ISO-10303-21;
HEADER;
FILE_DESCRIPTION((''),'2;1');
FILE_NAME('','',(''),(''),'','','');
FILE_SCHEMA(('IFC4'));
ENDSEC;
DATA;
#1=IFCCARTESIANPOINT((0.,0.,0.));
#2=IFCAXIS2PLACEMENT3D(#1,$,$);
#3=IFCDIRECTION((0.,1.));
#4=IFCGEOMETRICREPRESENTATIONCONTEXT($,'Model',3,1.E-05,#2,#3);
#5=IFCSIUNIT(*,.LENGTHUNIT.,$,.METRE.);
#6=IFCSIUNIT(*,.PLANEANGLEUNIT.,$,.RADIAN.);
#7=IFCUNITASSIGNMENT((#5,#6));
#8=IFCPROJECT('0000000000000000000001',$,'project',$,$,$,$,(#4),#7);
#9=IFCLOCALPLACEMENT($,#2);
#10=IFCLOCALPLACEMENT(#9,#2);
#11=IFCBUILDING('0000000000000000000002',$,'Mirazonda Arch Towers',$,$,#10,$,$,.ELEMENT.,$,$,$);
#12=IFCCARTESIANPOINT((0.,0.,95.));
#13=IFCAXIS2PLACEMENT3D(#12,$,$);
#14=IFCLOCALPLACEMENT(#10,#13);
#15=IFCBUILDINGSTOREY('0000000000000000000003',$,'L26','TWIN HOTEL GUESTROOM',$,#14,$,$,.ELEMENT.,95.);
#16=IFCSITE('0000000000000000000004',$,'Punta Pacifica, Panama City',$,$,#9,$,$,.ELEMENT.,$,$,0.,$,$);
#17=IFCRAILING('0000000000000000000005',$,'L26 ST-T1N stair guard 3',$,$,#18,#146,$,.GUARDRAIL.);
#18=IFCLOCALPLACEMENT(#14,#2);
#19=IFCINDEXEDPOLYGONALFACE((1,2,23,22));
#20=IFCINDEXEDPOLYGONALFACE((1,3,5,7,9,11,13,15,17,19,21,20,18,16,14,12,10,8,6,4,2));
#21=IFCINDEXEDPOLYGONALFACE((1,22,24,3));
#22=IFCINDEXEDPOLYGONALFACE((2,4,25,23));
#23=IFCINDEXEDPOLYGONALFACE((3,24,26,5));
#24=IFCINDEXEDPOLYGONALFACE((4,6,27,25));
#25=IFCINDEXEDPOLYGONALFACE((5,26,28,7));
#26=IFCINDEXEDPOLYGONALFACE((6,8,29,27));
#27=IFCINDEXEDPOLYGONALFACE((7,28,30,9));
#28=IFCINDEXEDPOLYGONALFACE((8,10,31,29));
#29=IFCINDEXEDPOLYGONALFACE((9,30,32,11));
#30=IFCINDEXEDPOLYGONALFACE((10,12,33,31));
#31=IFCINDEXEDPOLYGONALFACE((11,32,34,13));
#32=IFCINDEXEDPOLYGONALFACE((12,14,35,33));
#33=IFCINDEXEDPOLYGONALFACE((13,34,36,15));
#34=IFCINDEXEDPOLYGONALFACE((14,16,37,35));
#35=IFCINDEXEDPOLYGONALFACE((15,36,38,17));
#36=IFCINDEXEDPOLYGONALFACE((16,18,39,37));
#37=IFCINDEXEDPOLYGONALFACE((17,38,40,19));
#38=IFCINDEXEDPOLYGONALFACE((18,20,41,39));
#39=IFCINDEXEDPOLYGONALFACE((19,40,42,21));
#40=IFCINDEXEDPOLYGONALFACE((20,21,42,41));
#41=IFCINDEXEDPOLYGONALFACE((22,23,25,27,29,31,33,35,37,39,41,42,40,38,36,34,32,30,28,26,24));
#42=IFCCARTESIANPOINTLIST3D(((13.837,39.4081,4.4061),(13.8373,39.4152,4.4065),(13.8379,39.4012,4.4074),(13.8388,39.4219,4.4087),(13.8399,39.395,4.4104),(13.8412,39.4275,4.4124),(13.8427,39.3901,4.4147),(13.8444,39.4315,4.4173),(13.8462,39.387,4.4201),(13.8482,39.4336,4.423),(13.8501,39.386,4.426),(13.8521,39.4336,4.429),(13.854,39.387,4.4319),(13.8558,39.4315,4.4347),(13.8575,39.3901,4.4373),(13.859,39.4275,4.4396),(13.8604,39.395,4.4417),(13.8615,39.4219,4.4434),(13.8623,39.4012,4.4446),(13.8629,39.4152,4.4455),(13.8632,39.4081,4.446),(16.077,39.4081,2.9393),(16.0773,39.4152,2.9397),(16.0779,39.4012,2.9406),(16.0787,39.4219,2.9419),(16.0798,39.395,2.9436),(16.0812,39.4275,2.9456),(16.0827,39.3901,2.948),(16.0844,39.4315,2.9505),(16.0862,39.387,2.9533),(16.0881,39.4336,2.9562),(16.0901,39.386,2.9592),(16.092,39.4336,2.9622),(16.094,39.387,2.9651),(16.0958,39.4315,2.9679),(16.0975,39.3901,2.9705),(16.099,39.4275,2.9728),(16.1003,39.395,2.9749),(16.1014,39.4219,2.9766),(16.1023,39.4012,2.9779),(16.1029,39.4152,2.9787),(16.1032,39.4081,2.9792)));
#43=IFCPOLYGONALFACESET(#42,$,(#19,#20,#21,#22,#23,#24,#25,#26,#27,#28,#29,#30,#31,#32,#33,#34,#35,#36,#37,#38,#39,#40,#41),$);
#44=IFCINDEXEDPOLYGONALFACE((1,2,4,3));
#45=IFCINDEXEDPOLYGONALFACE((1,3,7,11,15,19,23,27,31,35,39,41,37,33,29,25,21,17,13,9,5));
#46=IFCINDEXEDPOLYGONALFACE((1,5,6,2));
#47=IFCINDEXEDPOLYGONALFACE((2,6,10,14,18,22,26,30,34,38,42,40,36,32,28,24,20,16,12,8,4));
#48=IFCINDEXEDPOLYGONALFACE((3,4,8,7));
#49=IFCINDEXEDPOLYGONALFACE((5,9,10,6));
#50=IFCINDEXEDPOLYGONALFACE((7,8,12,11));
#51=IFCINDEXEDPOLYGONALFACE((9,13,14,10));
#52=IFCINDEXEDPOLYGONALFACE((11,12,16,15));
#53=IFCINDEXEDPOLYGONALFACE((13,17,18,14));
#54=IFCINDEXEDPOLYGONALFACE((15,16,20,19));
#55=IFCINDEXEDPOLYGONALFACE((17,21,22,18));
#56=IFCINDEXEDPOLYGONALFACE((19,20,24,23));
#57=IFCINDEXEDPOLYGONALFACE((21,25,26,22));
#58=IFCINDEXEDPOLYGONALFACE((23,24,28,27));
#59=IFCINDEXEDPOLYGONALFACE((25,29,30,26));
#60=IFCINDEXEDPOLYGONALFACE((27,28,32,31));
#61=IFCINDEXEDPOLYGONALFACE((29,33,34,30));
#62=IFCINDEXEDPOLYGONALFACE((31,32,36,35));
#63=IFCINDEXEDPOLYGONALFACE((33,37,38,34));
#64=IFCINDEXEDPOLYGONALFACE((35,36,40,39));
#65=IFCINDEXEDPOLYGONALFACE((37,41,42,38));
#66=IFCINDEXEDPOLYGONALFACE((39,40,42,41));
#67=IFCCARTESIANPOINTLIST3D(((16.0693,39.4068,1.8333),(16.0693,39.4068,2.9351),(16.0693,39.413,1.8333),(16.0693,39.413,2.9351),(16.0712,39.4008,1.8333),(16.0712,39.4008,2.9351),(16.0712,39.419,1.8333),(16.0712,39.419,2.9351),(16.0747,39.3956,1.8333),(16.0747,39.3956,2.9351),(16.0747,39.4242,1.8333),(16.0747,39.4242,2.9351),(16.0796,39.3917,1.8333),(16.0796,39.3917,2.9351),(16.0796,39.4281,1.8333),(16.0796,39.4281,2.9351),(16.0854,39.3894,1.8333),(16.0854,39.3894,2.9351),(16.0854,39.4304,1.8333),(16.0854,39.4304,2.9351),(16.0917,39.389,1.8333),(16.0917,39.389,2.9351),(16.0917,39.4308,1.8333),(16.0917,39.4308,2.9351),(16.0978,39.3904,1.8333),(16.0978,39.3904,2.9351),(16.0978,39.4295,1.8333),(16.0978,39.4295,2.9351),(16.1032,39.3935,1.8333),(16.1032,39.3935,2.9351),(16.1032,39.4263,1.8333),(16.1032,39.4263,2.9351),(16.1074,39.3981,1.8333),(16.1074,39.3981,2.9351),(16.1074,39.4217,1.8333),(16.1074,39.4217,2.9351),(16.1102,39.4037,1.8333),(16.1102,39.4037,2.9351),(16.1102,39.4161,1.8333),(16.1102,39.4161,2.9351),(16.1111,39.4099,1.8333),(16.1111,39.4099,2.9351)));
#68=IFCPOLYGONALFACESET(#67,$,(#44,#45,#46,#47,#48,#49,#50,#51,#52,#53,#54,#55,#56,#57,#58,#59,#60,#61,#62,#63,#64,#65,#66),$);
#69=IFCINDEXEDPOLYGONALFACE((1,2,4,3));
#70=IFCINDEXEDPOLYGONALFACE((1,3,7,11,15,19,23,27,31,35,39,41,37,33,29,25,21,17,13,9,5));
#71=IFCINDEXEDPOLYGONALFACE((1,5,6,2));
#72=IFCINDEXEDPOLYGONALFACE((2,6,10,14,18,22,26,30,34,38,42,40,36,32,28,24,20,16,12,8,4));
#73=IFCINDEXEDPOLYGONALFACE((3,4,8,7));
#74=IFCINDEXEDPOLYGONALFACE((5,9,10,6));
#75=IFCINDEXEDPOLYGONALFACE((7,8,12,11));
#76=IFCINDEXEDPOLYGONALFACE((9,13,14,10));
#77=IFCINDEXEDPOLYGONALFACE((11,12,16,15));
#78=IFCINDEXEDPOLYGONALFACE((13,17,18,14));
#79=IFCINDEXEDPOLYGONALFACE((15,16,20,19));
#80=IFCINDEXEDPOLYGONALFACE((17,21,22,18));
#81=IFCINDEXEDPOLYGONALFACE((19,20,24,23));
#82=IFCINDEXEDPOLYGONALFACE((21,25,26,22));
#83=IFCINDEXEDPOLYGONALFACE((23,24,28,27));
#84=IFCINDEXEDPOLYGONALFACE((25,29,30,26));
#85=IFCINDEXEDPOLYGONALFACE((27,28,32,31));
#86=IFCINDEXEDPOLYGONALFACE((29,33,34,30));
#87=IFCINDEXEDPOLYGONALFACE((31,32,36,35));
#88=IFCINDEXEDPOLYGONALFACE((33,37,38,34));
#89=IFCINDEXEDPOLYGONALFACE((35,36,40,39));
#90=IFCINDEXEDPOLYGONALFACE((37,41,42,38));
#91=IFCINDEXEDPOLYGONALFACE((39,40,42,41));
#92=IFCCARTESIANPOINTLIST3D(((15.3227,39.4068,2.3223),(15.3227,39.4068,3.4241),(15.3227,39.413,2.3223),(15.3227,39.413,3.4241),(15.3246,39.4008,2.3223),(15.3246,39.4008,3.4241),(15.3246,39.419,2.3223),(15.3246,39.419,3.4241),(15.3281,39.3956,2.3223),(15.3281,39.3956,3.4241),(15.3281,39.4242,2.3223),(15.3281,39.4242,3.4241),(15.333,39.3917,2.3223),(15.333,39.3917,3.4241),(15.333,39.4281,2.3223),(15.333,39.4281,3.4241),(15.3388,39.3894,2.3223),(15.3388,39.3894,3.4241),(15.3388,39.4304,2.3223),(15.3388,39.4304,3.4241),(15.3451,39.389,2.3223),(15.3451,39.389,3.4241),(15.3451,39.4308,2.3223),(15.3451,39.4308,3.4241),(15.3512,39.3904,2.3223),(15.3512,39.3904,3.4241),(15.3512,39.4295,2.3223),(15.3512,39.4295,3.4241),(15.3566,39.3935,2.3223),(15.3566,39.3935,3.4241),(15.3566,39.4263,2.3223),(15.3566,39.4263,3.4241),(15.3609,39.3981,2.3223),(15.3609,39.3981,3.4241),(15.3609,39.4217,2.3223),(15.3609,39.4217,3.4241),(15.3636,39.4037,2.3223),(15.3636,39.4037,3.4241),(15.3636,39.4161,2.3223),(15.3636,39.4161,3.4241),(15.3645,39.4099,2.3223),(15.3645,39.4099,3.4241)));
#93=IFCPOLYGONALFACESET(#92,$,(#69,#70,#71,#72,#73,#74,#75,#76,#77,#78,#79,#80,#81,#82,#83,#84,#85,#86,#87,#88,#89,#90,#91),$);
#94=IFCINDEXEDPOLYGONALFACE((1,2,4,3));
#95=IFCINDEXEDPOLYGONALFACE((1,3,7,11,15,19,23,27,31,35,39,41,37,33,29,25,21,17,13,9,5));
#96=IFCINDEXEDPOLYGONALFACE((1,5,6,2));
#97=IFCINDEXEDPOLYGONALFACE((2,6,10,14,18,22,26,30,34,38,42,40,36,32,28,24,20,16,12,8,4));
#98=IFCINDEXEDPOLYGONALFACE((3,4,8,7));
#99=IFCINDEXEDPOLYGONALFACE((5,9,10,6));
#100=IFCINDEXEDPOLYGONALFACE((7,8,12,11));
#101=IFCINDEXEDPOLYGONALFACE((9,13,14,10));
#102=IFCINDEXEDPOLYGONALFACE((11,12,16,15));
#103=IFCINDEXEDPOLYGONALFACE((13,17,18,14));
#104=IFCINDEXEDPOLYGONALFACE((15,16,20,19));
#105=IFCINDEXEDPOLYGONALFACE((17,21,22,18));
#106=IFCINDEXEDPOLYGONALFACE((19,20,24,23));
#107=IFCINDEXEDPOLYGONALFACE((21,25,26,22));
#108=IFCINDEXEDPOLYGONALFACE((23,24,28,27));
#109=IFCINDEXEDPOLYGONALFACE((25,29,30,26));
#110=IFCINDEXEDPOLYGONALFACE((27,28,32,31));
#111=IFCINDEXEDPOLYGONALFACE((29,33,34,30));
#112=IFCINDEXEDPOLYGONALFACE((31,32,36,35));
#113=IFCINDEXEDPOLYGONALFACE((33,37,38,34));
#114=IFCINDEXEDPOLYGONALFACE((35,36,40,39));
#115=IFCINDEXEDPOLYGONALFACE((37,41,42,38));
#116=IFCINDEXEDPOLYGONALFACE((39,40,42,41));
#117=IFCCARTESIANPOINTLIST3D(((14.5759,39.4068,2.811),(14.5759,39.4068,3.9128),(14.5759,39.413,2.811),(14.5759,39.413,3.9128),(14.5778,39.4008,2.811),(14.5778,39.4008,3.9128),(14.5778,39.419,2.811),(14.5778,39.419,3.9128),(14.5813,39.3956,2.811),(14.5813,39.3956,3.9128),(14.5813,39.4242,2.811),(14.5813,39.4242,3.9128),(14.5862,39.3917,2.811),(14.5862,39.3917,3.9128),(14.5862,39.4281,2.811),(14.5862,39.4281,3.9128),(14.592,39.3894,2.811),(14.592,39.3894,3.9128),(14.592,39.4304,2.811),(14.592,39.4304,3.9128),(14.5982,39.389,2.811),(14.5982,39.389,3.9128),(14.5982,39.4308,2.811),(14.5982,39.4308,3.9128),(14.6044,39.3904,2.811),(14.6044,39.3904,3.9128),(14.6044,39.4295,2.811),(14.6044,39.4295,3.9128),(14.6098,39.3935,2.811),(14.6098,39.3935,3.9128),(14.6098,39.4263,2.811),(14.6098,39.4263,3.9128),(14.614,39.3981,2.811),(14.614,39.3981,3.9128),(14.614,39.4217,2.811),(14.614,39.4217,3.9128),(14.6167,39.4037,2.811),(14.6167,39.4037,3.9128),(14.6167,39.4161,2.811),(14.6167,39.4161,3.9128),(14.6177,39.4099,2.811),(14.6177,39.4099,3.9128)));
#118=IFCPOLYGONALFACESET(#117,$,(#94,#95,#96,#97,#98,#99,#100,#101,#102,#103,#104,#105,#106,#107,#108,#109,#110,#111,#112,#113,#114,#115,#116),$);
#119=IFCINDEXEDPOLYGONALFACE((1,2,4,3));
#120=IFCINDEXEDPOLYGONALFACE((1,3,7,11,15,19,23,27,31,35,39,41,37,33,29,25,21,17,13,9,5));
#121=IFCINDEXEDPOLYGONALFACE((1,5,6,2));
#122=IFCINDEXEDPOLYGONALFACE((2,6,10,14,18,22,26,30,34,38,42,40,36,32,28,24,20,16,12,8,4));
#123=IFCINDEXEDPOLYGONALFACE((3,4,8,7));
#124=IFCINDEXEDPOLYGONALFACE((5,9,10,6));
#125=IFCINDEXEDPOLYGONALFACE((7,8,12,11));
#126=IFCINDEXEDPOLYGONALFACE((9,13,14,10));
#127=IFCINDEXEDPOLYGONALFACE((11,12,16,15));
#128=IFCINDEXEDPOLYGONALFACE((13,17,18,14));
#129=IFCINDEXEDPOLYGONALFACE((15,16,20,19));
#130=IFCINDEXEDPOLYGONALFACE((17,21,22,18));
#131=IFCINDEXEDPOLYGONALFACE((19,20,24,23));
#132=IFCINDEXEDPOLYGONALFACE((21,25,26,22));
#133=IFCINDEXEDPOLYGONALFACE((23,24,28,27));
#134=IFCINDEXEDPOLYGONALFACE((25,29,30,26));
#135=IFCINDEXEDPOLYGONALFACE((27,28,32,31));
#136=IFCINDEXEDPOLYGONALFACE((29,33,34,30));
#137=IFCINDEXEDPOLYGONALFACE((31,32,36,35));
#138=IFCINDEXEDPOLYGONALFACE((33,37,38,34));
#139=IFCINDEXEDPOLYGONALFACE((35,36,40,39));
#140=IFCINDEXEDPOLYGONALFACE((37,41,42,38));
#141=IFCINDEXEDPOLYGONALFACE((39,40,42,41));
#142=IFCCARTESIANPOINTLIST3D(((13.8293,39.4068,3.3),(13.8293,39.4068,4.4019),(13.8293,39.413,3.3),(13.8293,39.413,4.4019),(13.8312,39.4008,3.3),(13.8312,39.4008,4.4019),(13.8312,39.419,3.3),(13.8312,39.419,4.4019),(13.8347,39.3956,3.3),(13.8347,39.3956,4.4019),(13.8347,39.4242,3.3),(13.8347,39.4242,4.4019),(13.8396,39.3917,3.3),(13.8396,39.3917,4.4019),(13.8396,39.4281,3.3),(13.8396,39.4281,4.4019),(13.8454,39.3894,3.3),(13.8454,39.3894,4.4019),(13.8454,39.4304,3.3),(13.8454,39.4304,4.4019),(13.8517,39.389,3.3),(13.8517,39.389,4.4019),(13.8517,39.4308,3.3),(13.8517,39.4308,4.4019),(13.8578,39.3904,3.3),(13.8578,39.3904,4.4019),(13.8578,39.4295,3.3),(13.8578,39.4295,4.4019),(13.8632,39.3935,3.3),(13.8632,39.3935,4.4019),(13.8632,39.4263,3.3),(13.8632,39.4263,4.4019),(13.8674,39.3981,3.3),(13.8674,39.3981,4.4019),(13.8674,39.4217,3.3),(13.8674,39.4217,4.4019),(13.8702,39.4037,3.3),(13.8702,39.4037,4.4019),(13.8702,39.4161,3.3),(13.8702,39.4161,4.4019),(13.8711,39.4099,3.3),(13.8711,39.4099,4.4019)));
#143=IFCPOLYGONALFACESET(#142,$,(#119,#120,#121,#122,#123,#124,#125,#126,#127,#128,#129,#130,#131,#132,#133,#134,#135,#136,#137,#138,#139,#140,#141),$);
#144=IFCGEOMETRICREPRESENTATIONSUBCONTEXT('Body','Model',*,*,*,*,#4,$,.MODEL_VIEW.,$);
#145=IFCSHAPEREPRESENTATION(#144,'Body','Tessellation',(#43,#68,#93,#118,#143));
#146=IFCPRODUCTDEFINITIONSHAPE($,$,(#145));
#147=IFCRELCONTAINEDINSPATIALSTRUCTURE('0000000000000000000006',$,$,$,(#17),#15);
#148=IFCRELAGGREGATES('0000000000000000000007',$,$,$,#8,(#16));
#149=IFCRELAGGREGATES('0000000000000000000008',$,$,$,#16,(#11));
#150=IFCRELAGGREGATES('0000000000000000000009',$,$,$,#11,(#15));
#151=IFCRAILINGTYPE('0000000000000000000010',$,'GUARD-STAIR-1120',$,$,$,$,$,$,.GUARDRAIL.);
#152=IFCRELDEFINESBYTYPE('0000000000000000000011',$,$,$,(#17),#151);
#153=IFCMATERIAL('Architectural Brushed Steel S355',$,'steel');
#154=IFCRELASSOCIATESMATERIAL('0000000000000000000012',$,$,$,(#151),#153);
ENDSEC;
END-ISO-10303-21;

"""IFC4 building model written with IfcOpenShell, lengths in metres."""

from ifc_helpers import new_model, si_unit, direction, frame, origin, origin_2d, place, context, subcontext, project, spatial, circle, extrude, material, type_object, element, save


model = new_model("IFC4")

# Units and contexts
model_context = context("Model", 3, precision=1e-05, world=origin(), true_north=direction((0.0, 1.0)))
body_context = subcontext(model_context, "Body", "Model", "MODEL_VIEW")
ifc_project = project(units=[si_unit("LENGTHUNIT", "METRE"), si_unit("PLANEANGLEUNIT", "RADIAN")], contexts=[model_context])

# Site, building, storey
site_placement = place(None, origin())
site = spatial("IfcSite", under=ifc_project, at=site_placement, Name="Punta Pacifica, Panama City", CompositionType="ELEMENT", RefElevation=0.0)
building_placement = place(site_placement, origin())
building = spatial("IfcBuilding", under=site, at=building_placement, Name="Mirazonda Arch Towers", CompositionType="ELEMENT")
storey_placement = place(building_placement, frame((0.0, 0.0, 95.0)))
storey = spatial("IfcBuildingStorey", under=building, at=storey_placement, Name="L26", Description="TWIN HOTEL GUESTROOM", CompositionType="ELEMENT", Elevation=95.0)

# Shared definitions
ifc_material_1 = material(Name="Architectural Brushed Steel S355", Category="steel")

# Railing
railing_type_1 = type_object("IfcRailingType", Name="GUARD-STAIR-1120", PredefinedType="GUARDRAIL", material=ifc_material_1)
railing_1_placement = place(storey_placement, frame((16.0901, 39.4099, 1.8333)))
element("IfcRailing", 1, at=railing_1_placement, inside=storey, type_object=railing_type_1, Name="L26 ST-T1N stair guard 3", PredefinedType="GUARDRAIL", context=body_context, shape_type="SweptSolid", body=[
    extrude(circle(Radius=0.0239, at=origin_2d()), frame((0.0, 0.0, 1.126), z_axis=(-0.836595, 0.0, 0.547822), x_axis=(0.0, -1.0, 0.0)), (0.0, 0.0, 1.0), 2.6775),
    extrude(circle(Radius=0.021, at=origin_2d()), origin(), (0.0, 0.0, 1.0), 1.1018),
    extrude(circle(Radius=0.021, at=origin_2d()), frame((-0.7466, 0.0, 0.489)), (0.0, 0.0, 1.0), 1.1018),
    extrude(circle(Radius=0.021, at=origin_2d()), frame((-1.4934, 0.0, 0.9778)), (0.0, 0.0, 1.0), 1.1018),
    extrude(circle(Radius=0.021, at=origin_2d()), frame((-2.24, 0.0, 1.4668)), (0.0, 0.0, 1.0), 1.1018),
])

save(model, "model.ifc")
